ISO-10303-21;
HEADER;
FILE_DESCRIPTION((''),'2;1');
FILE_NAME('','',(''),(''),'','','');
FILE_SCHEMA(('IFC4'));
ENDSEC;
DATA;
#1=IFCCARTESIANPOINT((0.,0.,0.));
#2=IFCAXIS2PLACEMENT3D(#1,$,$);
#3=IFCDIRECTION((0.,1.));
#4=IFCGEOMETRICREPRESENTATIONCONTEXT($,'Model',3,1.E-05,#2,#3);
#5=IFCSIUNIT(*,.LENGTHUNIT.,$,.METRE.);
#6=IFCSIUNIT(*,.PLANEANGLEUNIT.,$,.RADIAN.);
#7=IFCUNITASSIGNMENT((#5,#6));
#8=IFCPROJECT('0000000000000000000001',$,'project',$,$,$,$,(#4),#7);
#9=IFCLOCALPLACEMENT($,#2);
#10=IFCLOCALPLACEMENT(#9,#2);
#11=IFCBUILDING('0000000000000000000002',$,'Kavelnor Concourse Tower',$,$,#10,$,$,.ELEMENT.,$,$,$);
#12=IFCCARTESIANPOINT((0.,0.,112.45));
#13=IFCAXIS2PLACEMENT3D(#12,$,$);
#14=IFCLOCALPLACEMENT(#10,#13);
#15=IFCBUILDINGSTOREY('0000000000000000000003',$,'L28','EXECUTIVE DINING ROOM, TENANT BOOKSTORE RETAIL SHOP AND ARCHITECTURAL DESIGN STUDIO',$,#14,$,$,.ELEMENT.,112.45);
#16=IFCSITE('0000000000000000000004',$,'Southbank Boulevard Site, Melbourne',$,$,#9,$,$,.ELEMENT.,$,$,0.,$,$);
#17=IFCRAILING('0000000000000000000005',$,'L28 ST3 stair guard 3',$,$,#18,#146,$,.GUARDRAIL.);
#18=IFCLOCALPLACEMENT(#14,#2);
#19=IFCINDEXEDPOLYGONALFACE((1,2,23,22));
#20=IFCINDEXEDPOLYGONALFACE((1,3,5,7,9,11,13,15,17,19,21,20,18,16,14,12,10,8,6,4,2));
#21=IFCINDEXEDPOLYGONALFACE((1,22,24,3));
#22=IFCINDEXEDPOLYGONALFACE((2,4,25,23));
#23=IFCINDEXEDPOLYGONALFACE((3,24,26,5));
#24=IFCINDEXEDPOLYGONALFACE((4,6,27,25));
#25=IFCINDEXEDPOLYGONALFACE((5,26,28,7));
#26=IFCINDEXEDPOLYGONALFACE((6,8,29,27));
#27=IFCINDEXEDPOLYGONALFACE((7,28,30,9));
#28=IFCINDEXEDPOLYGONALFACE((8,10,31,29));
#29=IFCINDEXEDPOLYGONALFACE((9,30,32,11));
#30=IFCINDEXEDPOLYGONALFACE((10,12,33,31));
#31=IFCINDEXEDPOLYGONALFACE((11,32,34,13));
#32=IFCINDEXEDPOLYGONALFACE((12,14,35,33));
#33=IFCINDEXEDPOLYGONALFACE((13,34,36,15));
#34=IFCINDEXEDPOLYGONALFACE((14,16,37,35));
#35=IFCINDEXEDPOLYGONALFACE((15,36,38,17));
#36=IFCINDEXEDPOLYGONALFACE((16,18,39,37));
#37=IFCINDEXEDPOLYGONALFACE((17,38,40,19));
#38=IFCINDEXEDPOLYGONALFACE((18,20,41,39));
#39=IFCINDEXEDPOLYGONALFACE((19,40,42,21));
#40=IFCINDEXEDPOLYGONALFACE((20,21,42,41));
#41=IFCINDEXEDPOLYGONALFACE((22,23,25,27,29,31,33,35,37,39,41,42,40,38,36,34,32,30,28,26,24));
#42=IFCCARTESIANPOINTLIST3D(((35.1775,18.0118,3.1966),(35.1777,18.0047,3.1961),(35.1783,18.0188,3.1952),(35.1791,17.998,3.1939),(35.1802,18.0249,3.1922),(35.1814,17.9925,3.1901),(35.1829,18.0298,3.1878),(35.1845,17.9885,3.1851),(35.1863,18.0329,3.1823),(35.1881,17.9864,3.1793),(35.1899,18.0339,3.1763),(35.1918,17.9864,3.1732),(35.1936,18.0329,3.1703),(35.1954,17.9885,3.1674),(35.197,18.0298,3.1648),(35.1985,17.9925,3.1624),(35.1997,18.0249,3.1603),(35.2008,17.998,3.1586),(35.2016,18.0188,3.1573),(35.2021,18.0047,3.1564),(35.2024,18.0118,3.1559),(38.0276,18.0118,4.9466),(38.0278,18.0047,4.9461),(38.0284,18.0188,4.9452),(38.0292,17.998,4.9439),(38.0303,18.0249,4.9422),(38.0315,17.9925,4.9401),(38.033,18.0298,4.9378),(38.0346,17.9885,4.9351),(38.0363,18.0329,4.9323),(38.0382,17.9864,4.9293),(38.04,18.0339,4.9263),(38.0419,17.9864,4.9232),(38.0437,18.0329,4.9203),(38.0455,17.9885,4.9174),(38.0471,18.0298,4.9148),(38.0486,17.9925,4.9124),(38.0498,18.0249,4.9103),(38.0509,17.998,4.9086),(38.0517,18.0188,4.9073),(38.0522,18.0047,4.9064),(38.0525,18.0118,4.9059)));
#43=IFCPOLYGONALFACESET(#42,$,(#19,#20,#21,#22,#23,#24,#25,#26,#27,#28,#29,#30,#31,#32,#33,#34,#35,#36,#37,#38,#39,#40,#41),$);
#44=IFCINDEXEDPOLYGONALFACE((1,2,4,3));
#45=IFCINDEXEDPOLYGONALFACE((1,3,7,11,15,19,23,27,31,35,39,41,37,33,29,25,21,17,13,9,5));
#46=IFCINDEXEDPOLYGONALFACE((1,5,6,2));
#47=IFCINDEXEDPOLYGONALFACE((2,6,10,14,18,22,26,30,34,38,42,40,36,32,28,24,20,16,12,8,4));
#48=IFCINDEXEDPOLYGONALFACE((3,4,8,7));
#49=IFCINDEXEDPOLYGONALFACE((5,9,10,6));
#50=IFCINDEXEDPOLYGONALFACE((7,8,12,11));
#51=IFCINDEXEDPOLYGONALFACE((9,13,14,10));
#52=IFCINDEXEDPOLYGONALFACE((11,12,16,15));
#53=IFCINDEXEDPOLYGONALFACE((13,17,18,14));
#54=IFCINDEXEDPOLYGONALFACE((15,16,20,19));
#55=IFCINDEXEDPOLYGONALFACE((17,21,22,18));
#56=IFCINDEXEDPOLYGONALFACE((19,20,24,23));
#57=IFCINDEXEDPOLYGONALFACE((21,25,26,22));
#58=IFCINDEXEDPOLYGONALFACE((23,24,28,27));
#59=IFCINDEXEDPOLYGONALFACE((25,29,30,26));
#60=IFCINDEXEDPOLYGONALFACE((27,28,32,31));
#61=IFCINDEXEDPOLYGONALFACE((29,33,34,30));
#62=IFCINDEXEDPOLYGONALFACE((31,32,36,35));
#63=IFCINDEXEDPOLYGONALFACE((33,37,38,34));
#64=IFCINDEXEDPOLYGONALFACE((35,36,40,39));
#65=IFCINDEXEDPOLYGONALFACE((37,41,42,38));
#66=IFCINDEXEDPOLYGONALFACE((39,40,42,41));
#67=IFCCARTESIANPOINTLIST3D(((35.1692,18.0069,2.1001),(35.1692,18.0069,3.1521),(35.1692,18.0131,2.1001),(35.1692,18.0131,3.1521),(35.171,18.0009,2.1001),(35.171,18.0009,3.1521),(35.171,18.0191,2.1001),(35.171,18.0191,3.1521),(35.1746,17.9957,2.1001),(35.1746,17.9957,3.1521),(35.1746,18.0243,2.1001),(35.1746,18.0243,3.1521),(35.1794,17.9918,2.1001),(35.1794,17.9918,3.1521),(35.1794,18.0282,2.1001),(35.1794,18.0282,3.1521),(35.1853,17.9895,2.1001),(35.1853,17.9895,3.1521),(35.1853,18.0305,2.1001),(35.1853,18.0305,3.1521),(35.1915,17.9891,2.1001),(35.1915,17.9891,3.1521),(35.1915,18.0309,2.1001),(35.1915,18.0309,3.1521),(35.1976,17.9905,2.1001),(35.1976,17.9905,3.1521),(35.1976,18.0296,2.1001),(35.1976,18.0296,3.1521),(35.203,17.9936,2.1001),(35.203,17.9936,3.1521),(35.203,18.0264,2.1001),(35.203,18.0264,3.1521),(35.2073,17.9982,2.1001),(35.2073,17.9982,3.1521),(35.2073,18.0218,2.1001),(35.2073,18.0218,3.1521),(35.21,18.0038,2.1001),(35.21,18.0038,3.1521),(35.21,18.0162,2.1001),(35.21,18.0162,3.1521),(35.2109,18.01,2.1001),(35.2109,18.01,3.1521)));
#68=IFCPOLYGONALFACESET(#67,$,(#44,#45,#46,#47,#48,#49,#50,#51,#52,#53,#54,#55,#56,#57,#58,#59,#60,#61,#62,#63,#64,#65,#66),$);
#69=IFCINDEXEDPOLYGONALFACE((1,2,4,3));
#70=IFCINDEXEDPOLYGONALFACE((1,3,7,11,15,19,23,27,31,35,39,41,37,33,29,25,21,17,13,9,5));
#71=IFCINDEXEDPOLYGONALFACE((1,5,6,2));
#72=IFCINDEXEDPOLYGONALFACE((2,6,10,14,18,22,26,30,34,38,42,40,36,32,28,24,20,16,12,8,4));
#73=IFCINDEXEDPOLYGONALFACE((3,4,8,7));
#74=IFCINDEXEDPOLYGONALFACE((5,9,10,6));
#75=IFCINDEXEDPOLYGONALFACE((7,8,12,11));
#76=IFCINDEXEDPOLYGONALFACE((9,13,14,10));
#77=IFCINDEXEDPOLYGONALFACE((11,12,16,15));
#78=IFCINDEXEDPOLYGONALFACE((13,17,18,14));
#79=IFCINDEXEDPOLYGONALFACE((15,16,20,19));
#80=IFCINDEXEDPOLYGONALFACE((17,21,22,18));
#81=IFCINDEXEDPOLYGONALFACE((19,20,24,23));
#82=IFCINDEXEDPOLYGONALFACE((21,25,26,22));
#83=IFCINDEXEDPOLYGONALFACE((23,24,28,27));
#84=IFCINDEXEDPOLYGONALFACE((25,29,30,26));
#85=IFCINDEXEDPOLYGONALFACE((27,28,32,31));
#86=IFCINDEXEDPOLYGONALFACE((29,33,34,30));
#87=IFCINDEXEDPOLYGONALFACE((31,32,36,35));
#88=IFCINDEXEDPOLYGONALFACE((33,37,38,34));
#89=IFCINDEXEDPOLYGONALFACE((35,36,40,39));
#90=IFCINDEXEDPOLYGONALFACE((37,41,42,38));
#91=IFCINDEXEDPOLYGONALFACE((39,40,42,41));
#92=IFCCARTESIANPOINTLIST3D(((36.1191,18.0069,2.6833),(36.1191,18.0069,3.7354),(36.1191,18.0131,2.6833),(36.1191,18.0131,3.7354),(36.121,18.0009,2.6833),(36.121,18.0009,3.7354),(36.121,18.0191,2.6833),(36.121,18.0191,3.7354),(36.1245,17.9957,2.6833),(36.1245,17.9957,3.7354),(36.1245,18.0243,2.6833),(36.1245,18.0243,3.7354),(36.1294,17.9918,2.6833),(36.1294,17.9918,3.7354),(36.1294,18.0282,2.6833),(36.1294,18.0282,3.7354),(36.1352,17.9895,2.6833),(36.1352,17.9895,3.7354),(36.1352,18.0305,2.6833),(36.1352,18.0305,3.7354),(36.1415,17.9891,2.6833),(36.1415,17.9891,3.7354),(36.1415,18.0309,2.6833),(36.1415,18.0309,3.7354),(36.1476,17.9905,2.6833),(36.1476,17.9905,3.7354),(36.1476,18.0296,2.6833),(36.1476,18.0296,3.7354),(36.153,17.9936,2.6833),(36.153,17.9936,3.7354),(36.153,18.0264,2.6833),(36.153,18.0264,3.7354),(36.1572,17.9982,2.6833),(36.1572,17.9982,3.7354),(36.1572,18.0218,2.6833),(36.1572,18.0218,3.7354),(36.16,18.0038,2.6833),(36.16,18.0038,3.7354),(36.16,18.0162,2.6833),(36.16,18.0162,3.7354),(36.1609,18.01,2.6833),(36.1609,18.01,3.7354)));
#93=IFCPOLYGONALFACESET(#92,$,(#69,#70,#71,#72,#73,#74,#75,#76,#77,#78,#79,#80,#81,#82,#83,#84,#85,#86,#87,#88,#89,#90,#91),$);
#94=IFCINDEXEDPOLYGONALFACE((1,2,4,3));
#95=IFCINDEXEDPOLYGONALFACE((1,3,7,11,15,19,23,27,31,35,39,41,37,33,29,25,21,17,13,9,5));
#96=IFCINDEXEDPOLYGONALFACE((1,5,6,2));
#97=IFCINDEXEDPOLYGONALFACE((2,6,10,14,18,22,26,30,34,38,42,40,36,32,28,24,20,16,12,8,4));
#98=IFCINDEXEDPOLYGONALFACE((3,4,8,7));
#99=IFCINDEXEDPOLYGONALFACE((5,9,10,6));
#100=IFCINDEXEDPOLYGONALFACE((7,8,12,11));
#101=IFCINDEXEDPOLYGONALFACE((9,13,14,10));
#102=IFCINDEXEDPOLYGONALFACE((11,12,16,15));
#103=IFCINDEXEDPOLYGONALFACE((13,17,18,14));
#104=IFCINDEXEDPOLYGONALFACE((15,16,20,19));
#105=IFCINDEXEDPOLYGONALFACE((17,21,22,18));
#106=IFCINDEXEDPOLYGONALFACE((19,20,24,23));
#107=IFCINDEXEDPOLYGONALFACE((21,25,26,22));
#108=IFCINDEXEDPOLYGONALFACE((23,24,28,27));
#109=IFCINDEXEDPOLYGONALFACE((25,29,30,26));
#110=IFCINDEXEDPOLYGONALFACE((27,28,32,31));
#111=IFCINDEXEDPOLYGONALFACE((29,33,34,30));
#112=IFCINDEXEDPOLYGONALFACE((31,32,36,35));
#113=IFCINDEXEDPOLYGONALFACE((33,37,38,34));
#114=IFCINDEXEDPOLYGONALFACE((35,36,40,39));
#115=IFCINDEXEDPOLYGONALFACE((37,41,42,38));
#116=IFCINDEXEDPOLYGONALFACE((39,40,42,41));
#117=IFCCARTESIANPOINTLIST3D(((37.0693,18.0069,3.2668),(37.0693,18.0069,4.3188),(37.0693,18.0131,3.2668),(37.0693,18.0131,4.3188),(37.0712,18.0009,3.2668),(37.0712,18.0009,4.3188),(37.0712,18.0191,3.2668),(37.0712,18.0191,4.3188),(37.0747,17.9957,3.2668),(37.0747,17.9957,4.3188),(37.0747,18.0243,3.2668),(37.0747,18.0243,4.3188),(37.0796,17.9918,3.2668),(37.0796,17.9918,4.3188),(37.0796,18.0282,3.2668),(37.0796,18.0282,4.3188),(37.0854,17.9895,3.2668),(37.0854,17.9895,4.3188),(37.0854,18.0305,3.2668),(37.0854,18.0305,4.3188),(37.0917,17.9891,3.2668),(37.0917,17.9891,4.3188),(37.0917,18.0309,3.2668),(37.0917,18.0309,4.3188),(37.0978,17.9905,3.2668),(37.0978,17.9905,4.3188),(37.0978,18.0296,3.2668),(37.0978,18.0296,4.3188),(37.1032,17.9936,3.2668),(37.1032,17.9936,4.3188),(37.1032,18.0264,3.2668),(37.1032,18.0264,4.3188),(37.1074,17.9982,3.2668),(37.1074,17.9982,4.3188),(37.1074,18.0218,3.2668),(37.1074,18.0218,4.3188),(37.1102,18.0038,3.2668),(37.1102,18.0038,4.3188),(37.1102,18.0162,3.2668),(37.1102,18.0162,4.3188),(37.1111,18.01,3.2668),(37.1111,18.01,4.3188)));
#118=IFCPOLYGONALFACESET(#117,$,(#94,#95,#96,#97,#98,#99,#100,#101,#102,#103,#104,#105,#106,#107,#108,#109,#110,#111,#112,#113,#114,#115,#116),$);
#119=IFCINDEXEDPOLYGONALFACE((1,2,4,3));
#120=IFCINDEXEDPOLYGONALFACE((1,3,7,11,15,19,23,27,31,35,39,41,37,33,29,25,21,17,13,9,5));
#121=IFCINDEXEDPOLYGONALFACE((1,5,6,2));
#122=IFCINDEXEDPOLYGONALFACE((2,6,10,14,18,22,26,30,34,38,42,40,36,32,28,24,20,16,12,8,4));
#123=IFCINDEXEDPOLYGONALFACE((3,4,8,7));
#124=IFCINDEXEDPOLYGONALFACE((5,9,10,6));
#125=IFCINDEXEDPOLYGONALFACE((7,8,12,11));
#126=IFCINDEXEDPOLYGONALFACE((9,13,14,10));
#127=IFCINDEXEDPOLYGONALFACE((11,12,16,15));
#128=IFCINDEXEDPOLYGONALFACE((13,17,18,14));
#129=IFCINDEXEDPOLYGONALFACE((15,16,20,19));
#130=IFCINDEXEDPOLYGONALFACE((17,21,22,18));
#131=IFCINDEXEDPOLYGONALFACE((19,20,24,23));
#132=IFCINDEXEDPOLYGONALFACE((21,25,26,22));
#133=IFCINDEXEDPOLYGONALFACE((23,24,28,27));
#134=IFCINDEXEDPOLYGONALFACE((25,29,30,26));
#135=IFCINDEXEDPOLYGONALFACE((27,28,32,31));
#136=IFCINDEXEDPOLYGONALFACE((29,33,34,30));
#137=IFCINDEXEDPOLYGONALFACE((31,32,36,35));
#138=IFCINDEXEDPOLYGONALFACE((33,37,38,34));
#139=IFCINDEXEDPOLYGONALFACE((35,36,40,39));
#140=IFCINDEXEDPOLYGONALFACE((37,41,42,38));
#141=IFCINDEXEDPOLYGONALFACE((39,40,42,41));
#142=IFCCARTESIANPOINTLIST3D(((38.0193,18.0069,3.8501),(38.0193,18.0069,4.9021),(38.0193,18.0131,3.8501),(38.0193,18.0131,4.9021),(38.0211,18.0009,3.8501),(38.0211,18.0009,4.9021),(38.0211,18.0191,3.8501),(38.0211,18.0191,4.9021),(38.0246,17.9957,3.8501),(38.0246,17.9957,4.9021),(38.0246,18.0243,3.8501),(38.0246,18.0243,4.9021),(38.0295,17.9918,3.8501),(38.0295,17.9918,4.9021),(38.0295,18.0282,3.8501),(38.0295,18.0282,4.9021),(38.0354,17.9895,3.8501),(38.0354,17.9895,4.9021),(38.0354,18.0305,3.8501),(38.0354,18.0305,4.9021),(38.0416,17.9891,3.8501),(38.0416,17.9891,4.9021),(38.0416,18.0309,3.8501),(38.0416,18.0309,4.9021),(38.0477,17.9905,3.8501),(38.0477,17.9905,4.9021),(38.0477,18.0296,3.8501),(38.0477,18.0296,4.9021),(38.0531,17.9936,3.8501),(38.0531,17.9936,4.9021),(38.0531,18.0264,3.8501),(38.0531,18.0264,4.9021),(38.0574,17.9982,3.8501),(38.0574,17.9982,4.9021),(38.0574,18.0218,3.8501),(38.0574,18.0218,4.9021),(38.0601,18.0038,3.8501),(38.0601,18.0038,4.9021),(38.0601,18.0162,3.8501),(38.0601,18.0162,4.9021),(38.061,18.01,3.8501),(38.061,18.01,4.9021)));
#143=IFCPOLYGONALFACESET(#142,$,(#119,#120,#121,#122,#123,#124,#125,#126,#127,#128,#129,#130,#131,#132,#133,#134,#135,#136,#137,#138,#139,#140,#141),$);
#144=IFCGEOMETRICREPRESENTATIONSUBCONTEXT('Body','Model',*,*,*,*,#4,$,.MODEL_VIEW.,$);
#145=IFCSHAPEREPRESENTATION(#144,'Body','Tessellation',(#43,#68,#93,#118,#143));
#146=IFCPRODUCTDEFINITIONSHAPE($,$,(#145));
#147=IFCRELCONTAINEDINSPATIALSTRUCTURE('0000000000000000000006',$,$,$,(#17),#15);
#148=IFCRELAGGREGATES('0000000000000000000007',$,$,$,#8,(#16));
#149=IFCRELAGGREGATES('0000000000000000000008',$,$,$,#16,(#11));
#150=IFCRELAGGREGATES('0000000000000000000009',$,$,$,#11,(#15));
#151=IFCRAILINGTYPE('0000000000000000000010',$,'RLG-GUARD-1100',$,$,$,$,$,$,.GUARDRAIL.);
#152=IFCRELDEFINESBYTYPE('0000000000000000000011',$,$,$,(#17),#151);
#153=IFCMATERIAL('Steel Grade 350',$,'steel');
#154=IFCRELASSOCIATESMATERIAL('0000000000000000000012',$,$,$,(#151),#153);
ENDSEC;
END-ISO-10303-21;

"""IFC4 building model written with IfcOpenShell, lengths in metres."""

from ifc_helpers import new_model, si_unit, direction, frame, origin, origin_2d, place, context, subcontext, project, spatial, circle, extrude, material, type_object, element, save


model = new_model("IFC4")

# Units and contexts
model_context = context("Model", 3, precision=1e-05, world=origin(), true_north=direction((0.0, 1.0)))
body_context = subcontext(model_context, "Body", "Model", "MODEL_VIEW")
ifc_project = project(units=[si_unit("LENGTHUNIT", "METRE"), si_unit("PLANEANGLEUNIT", "RADIAN")], contexts=[model_context])

# Site, building, storey
site_placement = place(None, origin())
site = spatial("IfcSite", under=ifc_project, at=site_placement, Name="Southbank Boulevard Site, Melbourne", CompositionType="ELEMENT", RefElevation=0.0)
building_placement = place(site_placement, origin())
building = spatial("IfcBuilding", under=site, at=building_placement, Name="Kavelnor Concourse Tower", CompositionType="ELEMENT")
storey_placement = place(building_placement, frame((0.0, 0.0, 112.45)))
storey = spatial("IfcBuildingStorey", under=building, at=storey_placement, Name="L28", Description="EXECUTIVE DINING ROOM, TENANT BOOKSTORE RETAIL SHOP AND ARCHITECTURAL DESIGN STUDIO", CompositionType="ELEMENT", Elevation=112.45)

# Shared definitions
ifc_material_1 = material(Name="Steel Grade 350", Category="steel")

# Railing
railing_type_1 = type_object("IfcRailingType", Name="RLG-GUARD-1100", PredefinedType="GUARDRAIL", material=ifc_material_1)
railing_1_placement = place(storey_placement, frame((35.1899, 18.01, 2.1001)))
element("IfcRailing", 1, at=railing_1_placement, inside=storey, type_object=railing_type_1, Name="L28 ST3 stair guard 3", PredefinedType="GUARDRAIL", context=body_context, shape_type="SweptSolid", body=[
    extrude(circle(Radius=0.0239, at=origin_2d()), frame((0.0, 0.0, 1.0762), z_axis=(0.852179, 0.0, 0.52325), x_axis=(0.0, 1.0, 0.0)), (0.0, 0.0, 1.0), 3.3445),
    extrude(circle(Radius=0.021, at=origin_2d()), origin(), (0.0, 0.0, 1.0), 1.052),
    extrude(circle(Radius=0.021, at=origin_2d()), frame((0.95, 0.0, 0.5833)), (0.0, 0.0, 1.0), 1.052),
    extrude(circle(Radius=0.021, at=origin_2d()), frame((1.9001, 0.0, 1.1667)), (0.0, 0.0, 1.0), 1.052),
    extrude(circle(Radius=0.021, at=origin_2d()), frame((2.8501, 0.0, 1.75)), (0.0, 0.0, 1.0), 1.052),
])

save(model, "model.ifc")
